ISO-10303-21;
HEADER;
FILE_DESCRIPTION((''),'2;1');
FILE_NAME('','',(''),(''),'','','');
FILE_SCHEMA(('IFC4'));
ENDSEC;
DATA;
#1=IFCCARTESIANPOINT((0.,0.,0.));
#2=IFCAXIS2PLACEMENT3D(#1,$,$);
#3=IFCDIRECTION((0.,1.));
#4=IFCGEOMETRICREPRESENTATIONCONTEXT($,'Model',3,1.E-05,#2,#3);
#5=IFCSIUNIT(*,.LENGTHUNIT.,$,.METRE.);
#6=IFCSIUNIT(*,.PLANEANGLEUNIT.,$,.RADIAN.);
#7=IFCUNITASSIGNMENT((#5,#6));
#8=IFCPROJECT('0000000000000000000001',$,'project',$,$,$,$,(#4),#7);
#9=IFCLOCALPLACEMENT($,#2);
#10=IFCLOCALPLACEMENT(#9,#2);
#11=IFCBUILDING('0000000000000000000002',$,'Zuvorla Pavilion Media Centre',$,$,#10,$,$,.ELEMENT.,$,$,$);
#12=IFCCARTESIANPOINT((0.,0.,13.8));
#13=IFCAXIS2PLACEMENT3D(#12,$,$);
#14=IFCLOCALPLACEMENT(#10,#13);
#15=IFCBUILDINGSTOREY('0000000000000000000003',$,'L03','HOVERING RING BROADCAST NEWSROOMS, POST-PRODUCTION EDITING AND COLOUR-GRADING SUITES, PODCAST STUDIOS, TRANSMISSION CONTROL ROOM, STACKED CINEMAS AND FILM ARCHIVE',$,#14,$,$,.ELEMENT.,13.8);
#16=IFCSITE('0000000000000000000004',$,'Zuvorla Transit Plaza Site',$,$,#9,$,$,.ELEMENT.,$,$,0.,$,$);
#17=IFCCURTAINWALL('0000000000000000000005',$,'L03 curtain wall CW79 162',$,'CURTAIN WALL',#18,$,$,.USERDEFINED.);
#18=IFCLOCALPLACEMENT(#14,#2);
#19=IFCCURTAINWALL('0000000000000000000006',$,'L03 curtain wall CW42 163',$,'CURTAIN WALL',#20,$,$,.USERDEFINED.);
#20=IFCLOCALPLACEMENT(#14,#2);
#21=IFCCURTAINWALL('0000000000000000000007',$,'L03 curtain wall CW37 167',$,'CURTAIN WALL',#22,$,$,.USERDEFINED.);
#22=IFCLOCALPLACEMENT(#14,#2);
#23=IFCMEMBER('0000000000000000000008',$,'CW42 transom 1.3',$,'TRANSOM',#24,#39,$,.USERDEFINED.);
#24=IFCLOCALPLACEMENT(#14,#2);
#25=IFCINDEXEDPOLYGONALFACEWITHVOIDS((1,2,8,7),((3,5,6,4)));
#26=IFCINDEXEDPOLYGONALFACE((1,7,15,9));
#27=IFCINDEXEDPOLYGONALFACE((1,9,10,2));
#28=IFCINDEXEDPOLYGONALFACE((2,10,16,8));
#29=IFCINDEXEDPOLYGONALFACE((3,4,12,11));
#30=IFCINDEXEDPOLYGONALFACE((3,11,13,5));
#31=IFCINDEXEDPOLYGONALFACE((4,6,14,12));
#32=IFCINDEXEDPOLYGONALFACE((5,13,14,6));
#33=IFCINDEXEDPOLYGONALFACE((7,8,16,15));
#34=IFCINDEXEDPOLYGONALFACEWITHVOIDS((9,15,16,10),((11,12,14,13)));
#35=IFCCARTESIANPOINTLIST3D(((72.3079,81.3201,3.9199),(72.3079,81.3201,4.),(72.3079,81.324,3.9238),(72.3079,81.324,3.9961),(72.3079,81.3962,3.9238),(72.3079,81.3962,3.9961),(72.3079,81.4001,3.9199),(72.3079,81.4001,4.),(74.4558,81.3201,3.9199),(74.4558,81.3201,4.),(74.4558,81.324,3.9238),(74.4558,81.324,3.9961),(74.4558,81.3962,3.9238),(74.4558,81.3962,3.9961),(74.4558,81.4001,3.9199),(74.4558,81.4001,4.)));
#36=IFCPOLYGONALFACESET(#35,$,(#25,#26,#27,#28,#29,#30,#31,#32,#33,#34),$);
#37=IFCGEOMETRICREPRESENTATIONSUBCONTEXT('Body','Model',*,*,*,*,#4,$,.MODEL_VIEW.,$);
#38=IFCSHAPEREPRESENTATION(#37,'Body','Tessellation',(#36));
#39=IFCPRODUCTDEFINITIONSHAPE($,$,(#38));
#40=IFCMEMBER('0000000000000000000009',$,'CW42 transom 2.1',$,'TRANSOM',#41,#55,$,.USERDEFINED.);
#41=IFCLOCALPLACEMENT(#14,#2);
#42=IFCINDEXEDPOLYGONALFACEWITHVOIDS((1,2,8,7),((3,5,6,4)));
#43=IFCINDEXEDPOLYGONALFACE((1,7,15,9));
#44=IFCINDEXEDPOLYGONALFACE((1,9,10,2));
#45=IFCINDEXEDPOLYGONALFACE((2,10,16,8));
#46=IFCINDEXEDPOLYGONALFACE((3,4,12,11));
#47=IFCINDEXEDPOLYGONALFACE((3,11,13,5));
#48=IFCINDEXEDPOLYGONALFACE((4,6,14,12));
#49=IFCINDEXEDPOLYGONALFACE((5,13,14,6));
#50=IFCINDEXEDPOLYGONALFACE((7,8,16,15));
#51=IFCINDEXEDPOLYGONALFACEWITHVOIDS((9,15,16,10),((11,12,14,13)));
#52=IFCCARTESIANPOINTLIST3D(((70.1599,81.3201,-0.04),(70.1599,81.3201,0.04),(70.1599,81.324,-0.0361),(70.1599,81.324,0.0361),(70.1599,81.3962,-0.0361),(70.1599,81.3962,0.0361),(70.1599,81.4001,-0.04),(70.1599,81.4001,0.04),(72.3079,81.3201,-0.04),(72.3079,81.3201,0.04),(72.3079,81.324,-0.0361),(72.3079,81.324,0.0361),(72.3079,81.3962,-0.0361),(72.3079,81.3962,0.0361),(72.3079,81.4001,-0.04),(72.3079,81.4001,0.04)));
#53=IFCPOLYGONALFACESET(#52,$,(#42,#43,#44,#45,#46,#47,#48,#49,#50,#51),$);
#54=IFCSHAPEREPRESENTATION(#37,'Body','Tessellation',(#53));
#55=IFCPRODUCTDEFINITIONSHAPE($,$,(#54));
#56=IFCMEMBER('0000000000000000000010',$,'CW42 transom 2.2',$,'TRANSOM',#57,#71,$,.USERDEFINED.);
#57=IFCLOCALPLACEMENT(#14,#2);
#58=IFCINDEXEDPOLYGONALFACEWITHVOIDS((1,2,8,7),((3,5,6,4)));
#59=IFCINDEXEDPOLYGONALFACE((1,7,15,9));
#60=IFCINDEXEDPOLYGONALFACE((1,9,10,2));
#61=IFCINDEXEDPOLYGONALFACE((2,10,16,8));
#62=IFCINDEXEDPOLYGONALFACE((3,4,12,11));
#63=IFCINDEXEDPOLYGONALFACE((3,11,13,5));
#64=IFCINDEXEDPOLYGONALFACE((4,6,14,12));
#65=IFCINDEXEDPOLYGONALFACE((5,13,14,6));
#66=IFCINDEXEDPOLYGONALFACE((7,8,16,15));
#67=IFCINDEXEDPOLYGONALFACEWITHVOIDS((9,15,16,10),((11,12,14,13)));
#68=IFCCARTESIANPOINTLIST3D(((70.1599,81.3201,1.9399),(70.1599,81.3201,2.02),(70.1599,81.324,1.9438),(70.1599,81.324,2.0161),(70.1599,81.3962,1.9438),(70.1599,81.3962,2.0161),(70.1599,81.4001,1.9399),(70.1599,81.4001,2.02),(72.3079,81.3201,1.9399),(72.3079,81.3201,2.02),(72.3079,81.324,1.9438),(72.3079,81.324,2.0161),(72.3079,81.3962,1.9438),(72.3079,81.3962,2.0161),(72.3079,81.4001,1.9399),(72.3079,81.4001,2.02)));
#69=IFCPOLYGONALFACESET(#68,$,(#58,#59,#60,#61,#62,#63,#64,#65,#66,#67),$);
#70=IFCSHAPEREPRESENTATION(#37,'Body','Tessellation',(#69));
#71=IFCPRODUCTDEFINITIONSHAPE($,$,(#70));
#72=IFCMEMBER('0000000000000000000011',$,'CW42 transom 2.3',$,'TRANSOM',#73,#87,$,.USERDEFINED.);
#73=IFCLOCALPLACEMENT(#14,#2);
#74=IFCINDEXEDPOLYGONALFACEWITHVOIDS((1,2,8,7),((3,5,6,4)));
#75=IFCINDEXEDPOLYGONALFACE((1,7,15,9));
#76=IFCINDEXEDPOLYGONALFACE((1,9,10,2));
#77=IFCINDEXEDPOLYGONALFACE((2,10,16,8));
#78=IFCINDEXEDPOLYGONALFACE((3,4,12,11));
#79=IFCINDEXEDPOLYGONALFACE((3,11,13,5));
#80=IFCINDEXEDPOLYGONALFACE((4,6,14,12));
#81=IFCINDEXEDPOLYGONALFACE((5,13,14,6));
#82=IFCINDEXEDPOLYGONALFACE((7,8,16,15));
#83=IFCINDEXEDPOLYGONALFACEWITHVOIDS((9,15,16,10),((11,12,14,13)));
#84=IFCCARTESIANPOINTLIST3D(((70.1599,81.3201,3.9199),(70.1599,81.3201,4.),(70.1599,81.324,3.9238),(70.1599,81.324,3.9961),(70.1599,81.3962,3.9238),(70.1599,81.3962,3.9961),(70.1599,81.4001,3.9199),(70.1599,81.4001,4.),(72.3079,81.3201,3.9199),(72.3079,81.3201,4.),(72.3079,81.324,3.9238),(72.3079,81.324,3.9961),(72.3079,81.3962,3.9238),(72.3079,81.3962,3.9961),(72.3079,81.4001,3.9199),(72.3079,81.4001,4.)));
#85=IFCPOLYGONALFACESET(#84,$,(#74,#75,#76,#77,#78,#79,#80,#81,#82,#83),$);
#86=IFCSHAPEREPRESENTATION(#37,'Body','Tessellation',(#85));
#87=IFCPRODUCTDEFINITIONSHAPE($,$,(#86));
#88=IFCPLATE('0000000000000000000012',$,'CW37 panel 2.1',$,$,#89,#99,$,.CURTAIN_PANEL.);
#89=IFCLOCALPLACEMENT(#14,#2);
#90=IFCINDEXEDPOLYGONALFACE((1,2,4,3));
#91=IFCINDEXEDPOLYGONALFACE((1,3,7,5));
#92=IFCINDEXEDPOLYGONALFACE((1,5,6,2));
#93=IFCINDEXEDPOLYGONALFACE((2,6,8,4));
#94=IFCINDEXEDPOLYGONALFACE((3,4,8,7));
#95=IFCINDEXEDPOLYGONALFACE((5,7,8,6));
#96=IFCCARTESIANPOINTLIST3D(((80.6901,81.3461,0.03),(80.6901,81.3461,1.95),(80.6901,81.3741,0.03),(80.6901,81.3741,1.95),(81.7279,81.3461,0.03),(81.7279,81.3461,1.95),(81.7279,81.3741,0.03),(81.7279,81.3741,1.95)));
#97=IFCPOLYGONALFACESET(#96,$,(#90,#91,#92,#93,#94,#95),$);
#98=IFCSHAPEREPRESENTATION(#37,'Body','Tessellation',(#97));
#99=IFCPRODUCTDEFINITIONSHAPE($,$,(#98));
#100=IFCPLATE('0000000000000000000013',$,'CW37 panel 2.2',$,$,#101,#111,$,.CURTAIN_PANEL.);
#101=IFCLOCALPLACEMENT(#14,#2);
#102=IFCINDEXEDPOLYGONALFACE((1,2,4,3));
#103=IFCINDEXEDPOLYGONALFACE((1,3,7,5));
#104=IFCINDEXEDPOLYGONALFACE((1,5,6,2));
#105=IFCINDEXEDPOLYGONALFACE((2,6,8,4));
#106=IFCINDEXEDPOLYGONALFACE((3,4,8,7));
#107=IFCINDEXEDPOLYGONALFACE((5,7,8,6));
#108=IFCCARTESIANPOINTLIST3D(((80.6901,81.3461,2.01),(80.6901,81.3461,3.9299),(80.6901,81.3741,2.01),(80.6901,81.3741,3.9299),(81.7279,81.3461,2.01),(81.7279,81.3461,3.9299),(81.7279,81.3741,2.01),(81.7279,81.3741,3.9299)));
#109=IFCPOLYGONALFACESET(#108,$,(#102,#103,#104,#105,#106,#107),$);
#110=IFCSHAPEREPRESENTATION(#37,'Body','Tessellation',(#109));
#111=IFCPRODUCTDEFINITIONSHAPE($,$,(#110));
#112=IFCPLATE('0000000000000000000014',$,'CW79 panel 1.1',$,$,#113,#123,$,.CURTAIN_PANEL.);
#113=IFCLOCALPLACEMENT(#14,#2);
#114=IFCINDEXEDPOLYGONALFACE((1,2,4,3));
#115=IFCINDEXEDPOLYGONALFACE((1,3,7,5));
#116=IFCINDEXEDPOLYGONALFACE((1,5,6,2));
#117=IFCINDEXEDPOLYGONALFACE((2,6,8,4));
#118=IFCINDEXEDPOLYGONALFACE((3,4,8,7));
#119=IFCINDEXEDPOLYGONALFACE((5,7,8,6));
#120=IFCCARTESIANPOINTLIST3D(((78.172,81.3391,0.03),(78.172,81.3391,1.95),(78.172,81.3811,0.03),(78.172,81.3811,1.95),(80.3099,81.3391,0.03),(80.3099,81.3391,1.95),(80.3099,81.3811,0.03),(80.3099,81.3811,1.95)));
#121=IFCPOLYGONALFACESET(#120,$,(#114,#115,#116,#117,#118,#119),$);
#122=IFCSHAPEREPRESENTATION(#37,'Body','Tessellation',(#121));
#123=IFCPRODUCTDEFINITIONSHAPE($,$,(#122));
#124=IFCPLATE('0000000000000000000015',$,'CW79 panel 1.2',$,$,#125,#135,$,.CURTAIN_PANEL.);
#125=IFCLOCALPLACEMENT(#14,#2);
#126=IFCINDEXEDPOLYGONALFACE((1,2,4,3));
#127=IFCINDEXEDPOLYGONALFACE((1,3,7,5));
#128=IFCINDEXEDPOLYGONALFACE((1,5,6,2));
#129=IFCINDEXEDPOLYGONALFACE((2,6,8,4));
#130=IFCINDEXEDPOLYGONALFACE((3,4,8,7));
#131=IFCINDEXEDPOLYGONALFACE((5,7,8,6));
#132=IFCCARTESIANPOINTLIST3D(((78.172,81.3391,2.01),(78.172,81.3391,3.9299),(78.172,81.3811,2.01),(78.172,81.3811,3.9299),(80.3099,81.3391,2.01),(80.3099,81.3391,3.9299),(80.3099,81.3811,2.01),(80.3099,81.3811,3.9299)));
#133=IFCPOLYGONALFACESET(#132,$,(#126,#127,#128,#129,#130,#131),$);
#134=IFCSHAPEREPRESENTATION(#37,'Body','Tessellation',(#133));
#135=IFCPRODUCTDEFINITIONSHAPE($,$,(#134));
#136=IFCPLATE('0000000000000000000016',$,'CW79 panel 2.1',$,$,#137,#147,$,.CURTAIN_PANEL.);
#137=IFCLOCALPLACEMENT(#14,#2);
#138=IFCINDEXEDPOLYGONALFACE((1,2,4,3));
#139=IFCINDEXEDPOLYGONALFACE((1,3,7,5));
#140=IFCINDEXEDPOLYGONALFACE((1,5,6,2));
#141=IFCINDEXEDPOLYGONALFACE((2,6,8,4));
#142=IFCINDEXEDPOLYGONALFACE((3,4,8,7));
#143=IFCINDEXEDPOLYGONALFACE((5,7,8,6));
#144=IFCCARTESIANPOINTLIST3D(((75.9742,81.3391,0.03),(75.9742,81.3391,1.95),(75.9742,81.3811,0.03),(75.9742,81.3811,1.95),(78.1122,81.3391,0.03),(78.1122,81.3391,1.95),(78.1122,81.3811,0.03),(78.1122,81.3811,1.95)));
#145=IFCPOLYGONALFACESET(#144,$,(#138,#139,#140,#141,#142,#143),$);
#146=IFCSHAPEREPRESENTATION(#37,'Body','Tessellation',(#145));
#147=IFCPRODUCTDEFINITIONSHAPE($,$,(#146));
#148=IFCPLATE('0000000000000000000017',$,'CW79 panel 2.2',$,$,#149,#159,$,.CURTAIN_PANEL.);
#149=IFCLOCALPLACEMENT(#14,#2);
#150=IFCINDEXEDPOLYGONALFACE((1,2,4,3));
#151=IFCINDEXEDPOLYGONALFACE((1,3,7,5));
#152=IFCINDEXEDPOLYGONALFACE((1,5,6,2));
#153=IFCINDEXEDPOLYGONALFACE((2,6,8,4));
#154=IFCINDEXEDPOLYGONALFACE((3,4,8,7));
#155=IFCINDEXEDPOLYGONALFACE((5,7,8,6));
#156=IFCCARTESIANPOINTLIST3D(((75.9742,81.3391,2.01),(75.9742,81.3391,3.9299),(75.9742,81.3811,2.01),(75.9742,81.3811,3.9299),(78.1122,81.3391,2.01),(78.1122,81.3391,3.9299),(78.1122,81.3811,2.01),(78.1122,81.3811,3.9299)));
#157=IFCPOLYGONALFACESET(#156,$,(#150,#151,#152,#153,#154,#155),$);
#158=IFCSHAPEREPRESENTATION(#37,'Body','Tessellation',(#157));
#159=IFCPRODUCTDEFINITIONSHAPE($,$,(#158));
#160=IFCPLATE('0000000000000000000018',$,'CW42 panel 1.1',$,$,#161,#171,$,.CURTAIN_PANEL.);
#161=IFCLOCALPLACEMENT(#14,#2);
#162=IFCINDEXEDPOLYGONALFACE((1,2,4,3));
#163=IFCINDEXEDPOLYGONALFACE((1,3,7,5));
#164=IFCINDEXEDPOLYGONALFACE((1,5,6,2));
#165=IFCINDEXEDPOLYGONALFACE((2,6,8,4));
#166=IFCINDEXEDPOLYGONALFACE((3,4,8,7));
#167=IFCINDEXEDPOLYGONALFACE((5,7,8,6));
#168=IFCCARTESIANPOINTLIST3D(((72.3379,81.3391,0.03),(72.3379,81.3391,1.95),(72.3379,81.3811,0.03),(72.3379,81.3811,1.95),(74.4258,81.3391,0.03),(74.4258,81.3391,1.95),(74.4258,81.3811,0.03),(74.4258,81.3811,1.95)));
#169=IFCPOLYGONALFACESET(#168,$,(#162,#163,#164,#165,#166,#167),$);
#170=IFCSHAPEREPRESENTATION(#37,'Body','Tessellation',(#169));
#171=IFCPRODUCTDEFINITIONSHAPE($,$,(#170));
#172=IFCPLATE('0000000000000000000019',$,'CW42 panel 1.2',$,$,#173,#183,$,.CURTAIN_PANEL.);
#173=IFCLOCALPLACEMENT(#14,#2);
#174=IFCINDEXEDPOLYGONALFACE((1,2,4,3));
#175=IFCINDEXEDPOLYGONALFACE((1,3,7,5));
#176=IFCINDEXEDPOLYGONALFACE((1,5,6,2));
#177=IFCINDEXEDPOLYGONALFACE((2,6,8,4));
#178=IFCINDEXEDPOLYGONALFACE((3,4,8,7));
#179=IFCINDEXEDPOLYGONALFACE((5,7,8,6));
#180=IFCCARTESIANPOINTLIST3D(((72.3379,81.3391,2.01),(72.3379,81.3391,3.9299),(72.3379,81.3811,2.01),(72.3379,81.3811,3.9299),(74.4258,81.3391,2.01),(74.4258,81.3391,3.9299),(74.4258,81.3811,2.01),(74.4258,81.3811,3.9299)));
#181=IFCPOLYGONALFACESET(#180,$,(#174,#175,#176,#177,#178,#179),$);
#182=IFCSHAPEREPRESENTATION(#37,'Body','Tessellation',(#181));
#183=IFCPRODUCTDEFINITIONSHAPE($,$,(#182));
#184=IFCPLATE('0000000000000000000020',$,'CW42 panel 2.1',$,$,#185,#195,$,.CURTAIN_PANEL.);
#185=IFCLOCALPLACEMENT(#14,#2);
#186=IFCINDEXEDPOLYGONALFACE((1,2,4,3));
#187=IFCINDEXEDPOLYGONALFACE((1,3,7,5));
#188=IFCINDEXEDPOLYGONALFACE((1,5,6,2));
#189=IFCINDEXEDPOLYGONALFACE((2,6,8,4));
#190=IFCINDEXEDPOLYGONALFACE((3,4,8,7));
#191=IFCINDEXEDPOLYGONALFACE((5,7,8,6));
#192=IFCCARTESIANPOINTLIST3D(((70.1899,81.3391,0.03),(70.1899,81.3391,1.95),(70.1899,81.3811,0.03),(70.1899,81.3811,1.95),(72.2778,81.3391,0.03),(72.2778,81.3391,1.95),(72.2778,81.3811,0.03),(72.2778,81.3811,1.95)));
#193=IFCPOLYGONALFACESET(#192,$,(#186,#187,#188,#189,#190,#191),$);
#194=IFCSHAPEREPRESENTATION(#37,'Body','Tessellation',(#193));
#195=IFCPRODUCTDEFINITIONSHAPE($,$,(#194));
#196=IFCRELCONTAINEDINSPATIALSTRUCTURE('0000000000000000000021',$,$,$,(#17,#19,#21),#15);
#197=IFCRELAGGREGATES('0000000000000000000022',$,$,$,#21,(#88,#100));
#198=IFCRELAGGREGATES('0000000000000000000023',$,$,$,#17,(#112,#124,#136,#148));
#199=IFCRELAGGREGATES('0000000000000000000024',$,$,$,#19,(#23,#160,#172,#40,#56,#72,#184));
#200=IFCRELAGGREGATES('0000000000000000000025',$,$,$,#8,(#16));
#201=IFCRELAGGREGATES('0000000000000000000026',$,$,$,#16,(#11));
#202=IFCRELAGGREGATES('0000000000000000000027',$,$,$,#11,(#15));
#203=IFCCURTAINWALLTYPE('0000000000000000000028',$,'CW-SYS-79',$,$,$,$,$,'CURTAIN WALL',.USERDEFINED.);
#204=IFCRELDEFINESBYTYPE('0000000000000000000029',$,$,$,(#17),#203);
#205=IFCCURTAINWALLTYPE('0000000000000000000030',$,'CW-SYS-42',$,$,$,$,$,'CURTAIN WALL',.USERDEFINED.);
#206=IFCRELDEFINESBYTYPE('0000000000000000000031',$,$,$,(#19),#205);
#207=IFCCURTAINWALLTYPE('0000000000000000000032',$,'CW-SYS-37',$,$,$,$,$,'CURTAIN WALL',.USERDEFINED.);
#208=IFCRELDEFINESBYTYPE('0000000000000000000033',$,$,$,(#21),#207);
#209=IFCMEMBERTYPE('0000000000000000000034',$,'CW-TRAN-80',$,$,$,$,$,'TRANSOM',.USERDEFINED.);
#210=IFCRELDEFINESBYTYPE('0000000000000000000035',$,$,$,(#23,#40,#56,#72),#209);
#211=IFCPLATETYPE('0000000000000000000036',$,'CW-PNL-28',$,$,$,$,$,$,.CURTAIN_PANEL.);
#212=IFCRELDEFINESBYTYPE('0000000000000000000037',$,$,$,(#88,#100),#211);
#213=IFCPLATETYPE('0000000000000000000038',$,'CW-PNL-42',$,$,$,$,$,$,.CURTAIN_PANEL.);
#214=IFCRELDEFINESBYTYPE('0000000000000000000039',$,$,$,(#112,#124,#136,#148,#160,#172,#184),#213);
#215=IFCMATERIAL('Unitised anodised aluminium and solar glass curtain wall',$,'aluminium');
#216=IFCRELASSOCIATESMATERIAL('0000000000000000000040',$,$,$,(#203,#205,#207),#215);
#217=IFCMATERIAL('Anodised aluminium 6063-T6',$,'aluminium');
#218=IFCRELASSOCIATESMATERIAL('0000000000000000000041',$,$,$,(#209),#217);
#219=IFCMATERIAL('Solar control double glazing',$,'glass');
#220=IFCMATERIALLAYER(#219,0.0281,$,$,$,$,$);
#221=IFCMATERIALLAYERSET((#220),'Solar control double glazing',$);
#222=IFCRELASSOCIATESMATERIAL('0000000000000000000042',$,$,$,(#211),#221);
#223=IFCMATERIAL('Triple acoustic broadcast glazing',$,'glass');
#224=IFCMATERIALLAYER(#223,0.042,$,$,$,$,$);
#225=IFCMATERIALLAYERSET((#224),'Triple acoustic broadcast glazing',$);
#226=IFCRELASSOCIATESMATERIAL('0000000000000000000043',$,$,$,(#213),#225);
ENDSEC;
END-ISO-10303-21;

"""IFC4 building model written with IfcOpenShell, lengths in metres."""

from ifc_helpers import new_model, si_unit, direction, frame, origin, origin_2d, place, context, subcontext, project, spatial, rectangle, hollow_rectangle, extrude, material, layer, layer_set, material_profile, profile_set, type_object, element, aggregate, save


model = new_model("IFC4")

# Units and contexts
model_context = context("Model", 3, precision=1e-05, world=origin(), true_north=direction((0.0, 1.0)))
body_context = subcontext(model_context, "Body", "Model", "MODEL_VIEW")
ifc_project = project(units=[si_unit("LENGTHUNIT", "METRE"), si_unit("PLANEANGLEUNIT", "RADIAN")], contexts=[model_context])

# Site, building, storey
site_placement = place(None, origin())
site = spatial("IfcSite", under=ifc_project, at=site_placement, Name="Zuvorla Transit Plaza Site", CompositionType="ELEMENT", RefElevation=0.0)
building_placement = place(site_placement, origin())
building = spatial("IfcBuilding", under=site, at=building_placement, Name="Zuvorla Pavilion Media Centre", CompositionType="ELEMENT")
storey_placement = place(building_placement, frame((0.0, 0.0, 13.8)))
storey = spatial("IfcBuildingStorey", under=building, at=storey_placement, Name="L03", Description="HOVERING RING BROADCAST NEWSROOMS, POST-PRODUCTION EDITING AND COLOUR-GRADING SUITES, PODCAST STUDIOS, TRANSMISSION CONTROL ROOM, STACKED CINEMAS AND FILM ARCHIVE", CompositionType="ELEMENT", Elevation=13.8)

# Curtain walls
ifc_material_1 = material(Name="Unitised anodised aluminium and solar glass curtain wall", Category="aluminium")
curtain_wall_type_1 = type_object("IfcCurtainWallType", Name="CW-SYS-79", ElementType="CURTAIN WALL", PredefinedType="USERDEFINED", material=ifc_material_1)
curtain_wall_1_placement = place(storey_placement, origin())
curtain_wall_1 = element("IfcCurtainWall", 1, at=curtain_wall_1_placement, inside=storey, type_object=curtain_wall_type_1, Name="L03 curtain wall CW79 162", ObjectType="CURTAIN WALL", PredefinedType="USERDEFINED")
ifc_material_2 = material(Name="Anodised aluminium 6063-T6", Category="aluminium")
curtain_wall_type_2 = type_object("IfcCurtainWallType", Name="CW-SYS-42", ElementType="CURTAIN WALL", PredefinedType="USERDEFINED", material=ifc_material_1)
curtain_wall_2_placement = place(storey_placement, origin())
curtain_wall_2 = element("IfcCurtainWall", 2, at=curtain_wall_2_placement, inside=storey, type_object=curtain_wall_type_2, Name="L03 curtain wall CW42 163", ObjectType="CURTAIN WALL", PredefinedType="USERDEFINED")
curtain_wall_type_3 = type_object("IfcCurtainWallType", Name="CW-SYS-37", ElementType="CURTAIN WALL", PredefinedType="USERDEFINED", material=ifc_material_1)
curtain_wall_3_placement = place(storey_placement, origin())
curtain_wall_3 = element("IfcCurtainWall", 3, at=curtain_wall_3_placement, inside=storey, type_object=curtain_wall_type_3, Name="L03 curtain wall CW37 167", ObjectType="CURTAIN WALL", PredefinedType="USERDEFINED")

# Members
ifc_material_profile_1 = material_profile(ifc_material_2, hollow_rectangle(XDim=0.0801, YDim=0.0801, WallThickness=0.0039, at=origin_2d()), Name="ALU TRAN 80x80")
ifc_profile_set_1 = profile_set([ifc_material_profile_1], Name="Anodised aluminium 6063-T6")
member_type_1 = type_object("IfcMemberType", Name="CW-TRAN-80", ElementType="TRANSOM", PredefinedType="USERDEFINED", material=ifc_profile_set_1)
member_1_placement = place(storey_placement, frame((74.4558, 81.3601, 3.96), z_axis=(-1.0, 0.0, 0.0), x_axis=(0.0, -1.0, 0.0)))
member_1 = element("IfcMember", 4, at=member_1_placement, type_object=member_type_1, Name="CW42 transom 1.3", ObjectType="TRANSOM", PredefinedType="USERDEFINED", context=body_context, shape_type="SweptSolid", body=[
    extrude(hollow_rectangle(XDim=0.0801, YDim=0.0801, WallThickness=0.0039, at=origin_2d()), origin(), (0.0, 0.0, 1.0), 2.1479),
])
member_2_placement = place(storey_placement, frame((72.3079, 81.3601, 0.0), z_axis=(-1.0, 0.0, 0.0), x_axis=(0.0, -1.0, 0.0)))
member_2 = element("IfcMember", 5, at=member_2_placement, type_object=member_type_1, Name="CW42 transom 2.1", ObjectType="TRANSOM", PredefinedType="USERDEFINED", context=body_context, shape_type="SweptSolid", body=[
    extrude(hollow_rectangle(XDim=0.0801, YDim=0.0801, WallThickness=0.0039, at=origin_2d()), origin(), (0.0, 0.0, 1.0), 2.1479),
])
member_3_placement = place(storey_placement, frame((72.3079, 81.3601, 1.98), z_axis=(-1.0, 0.0, 0.0), x_axis=(0.0, -1.0, 0.0)))
member_3 = element("IfcMember", 6, at=member_3_placement, type_object=member_type_1, Name="CW42 transom 2.2", ObjectType="TRANSOM", PredefinedType="USERDEFINED", context=body_context, shape_type="SweptSolid", body=[
    extrude(hollow_rectangle(XDim=0.0801, YDim=0.0801, WallThickness=0.0039, at=origin_2d()), origin(), (0.0, 0.0, 1.0), 2.1479),
])
member_4_placement = place(storey_placement, frame((72.3079, 81.3601, 3.96), z_axis=(-1.0, 0.0, 0.0), x_axis=(0.0, -1.0, 0.0)))
member_4 = element("IfcMember", 7, at=member_4_placement, type_object=member_type_1, Name="CW42 transom 2.3", ObjectType="TRANSOM", PredefinedType="USERDEFINED", context=body_context, shape_type="SweptSolid", body=[
    extrude(hollow_rectangle(XDim=0.0801, YDim=0.0801, WallThickness=0.0039, at=origin_2d()), origin(), (0.0, 0.0, 1.0), 2.1479),
])

# Plates
ifc_material_3 = material(Name="Solar control double glazing", Category="glass")
ifc_layer_1 = layer(ifc_material_3, 0.0281)
ifc_layer_set_1 = layer_set([ifc_layer_1], Name="Solar control double glazing")
plate_type_1 = type_object("IfcPlateType", Name="CW-PNL-28", PredefinedType="CURTAIN_PANEL", material=ifc_layer_set_1)
plate_1_placement = place(storey_placement, frame((81.209, 81.3601, 0.03), z_axis=(0.0, 0.0, 1.0), x_axis=(-1.0, 0.0, 0.0)))
plate_1 = element("IfcPlate", 8, at=plate_1_placement, type_object=plate_type_1, Name="CW37 panel 2.1", PredefinedType="CURTAIN_PANEL", context=body_context, shape_type="SweptSolid", body=[
    extrude(rectangle(XDim=1.0378, YDim=0.0281, at=origin_2d()), origin(), (0.0, 0.0, 1.0), 1.9199),
])
plate_2_placement = place(storey_placement, frame((81.209, 81.3601, 2.01), z_axis=(0.0, 0.0, 1.0), x_axis=(-1.0, 0.0, 0.0)))
plate_2 = element("IfcPlate", 9, at=plate_2_placement, type_object=plate_type_1, Name="CW37 panel 2.2", PredefinedType="CURTAIN_PANEL", context=body_context, shape_type="SweptSolid", body=[
    extrude(rectangle(XDim=1.0378, YDim=0.0281, at=origin_2d()), origin(), (0.0, 0.0, 1.0), 1.9199),
])
aggregate(curtain_wall_3, [plate_1, plate_2])
ifc_material_4 = material(Name="Triple acoustic broadcast glazing", Category="glass")
ifc_layer_2 = layer(ifc_material_4, 0.042)
ifc_layer_set_2 = layer_set([ifc_layer_2], Name="Triple acoustic broadcast glazing")
plate_type_2 = type_object("IfcPlateType", Name="CW-PNL-42", PredefinedType="CURTAIN_PANEL", material=ifc_layer_set_2)
plate_3_placement = place(storey_placement, frame((79.241, 81.3601, 0.03), z_axis=(0.0, 0.0, 1.0), x_axis=(-1.0, 0.0, 0.0)))
plate_3 = element("IfcPlate", 10, at=plate_3_placement, type_object=plate_type_2, Name="CW79 panel 1.1", PredefinedType="CURTAIN_PANEL", context=body_context, shape_type="SweptSolid", body=[
    extrude(rectangle(XDim=2.1379, YDim=0.042, at=origin_2d()), origin(), (0.0, 0.0, 1.0), 1.9199),
])
plate_4_placement = place(storey_placement, frame((79.241, 81.3601, 2.01), z_axis=(0.0, 0.0, 1.0), x_axis=(-1.0, 0.0, 0.0)))
plate_4 = element("IfcPlate", 11, at=plate_4_placement, type_object=plate_type_2, Name="CW79 panel 1.2", PredefinedType="CURTAIN_PANEL", context=body_context, shape_type="SweptSolid", body=[
    extrude(rectangle(XDim=2.1379, YDim=0.042, at=origin_2d()), origin(), (0.0, 0.0, 1.0), 1.9199),
])
plate_5_placement = place(storey_placement, frame((77.0432, 81.3601, 0.03), z_axis=(0.0, 0.0, 1.0), x_axis=(-1.0, 0.0, 0.0)))
plate_5 = element("IfcPlate", 12, at=plate_5_placement, type_object=plate_type_2, Name="CW79 panel 2.1", PredefinedType="CURTAIN_PANEL", context=body_context, shape_type="SweptSolid", body=[
    extrude(rectangle(XDim=2.1379, YDim=0.042, at=origin_2d()), origin(), (0.0, 0.0, 1.0), 1.9199),
])
plate_6_placement = place(storey_placement, frame((77.0432, 81.3601, 2.01), z_axis=(0.0, 0.0, 1.0), x_axis=(-1.0, 0.0, 0.0)))
plate_6 = element("IfcPlate", 13, at=plate_6_placement, type_object=plate_type_2, Name="CW79 panel 2.2", PredefinedType="CURTAIN_PANEL", context=body_context, shape_type="SweptSolid", body=[
    extrude(rectangle(XDim=2.1379, YDim=0.042, at=origin_2d()), origin(), (0.0, 0.0, 1.0), 1.9199),
])
aggregate(curtain_wall_1, [plate_3, plate_4, plate_5, plate_6])
plate_7_placement = place(storey_placement, frame((73.3818, 81.3601, 0.03), z_axis=(0.0, 0.0, 1.0), x_axis=(-1.0, 0.0, 0.0)))
plate_7 = element("IfcPlate", 14, at=plate_7_placement, type_object=plate_type_2, Name="CW42 panel 1.1", PredefinedType="CURTAIN_PANEL", context=body_context, shape_type="SweptSolid", body=[
    extrude(rectangle(XDim=2.0879, YDim=0.042, at=origin_2d()), origin(), (0.0, 0.0, 1.0), 1.9199),
])
plate_8_placement = place(storey_placement, frame((73.3818, 81.3601, 2.01), z_axis=(0.0, 0.0, 1.0), x_axis=(-1.0, 0.0, 0.0)))
plate_8 = element("IfcPlate", 15, at=plate_8_placement, type_object=plate_type_2, Name="CW42 panel 1.2", PredefinedType="CURTAIN_PANEL", context=body_context, shape_type="SweptSolid", body=[
    extrude(rectangle(XDim=2.0879, YDim=0.042, at=origin_2d()), origin(), (0.0, 0.0, 1.0), 1.9199),
])
plate_9_placement = place(storey_placement, frame((71.2339, 81.3601, 0.03), z_axis=(0.0, 0.0, 1.0), x_axis=(-1.0, 0.0, 0.0)))
plate_9 = element("IfcPlate", 16, at=plate_9_placement, type_object=plate_type_2, Name="CW42 panel 2.1", PredefinedType="CURTAIN_PANEL", context=body_context, shape_type="SweptSolid", body=[
    extrude(rectangle(XDim=2.0879, YDim=0.042, at=origin_2d()), origin(), (0.0, 0.0, 1.0), 1.9199),
])
aggregate(curtain_wall_2, [member_1, plate_7, plate_8, member_2, member_3, member_4, plate_9])

save(model, "model.ifc")
